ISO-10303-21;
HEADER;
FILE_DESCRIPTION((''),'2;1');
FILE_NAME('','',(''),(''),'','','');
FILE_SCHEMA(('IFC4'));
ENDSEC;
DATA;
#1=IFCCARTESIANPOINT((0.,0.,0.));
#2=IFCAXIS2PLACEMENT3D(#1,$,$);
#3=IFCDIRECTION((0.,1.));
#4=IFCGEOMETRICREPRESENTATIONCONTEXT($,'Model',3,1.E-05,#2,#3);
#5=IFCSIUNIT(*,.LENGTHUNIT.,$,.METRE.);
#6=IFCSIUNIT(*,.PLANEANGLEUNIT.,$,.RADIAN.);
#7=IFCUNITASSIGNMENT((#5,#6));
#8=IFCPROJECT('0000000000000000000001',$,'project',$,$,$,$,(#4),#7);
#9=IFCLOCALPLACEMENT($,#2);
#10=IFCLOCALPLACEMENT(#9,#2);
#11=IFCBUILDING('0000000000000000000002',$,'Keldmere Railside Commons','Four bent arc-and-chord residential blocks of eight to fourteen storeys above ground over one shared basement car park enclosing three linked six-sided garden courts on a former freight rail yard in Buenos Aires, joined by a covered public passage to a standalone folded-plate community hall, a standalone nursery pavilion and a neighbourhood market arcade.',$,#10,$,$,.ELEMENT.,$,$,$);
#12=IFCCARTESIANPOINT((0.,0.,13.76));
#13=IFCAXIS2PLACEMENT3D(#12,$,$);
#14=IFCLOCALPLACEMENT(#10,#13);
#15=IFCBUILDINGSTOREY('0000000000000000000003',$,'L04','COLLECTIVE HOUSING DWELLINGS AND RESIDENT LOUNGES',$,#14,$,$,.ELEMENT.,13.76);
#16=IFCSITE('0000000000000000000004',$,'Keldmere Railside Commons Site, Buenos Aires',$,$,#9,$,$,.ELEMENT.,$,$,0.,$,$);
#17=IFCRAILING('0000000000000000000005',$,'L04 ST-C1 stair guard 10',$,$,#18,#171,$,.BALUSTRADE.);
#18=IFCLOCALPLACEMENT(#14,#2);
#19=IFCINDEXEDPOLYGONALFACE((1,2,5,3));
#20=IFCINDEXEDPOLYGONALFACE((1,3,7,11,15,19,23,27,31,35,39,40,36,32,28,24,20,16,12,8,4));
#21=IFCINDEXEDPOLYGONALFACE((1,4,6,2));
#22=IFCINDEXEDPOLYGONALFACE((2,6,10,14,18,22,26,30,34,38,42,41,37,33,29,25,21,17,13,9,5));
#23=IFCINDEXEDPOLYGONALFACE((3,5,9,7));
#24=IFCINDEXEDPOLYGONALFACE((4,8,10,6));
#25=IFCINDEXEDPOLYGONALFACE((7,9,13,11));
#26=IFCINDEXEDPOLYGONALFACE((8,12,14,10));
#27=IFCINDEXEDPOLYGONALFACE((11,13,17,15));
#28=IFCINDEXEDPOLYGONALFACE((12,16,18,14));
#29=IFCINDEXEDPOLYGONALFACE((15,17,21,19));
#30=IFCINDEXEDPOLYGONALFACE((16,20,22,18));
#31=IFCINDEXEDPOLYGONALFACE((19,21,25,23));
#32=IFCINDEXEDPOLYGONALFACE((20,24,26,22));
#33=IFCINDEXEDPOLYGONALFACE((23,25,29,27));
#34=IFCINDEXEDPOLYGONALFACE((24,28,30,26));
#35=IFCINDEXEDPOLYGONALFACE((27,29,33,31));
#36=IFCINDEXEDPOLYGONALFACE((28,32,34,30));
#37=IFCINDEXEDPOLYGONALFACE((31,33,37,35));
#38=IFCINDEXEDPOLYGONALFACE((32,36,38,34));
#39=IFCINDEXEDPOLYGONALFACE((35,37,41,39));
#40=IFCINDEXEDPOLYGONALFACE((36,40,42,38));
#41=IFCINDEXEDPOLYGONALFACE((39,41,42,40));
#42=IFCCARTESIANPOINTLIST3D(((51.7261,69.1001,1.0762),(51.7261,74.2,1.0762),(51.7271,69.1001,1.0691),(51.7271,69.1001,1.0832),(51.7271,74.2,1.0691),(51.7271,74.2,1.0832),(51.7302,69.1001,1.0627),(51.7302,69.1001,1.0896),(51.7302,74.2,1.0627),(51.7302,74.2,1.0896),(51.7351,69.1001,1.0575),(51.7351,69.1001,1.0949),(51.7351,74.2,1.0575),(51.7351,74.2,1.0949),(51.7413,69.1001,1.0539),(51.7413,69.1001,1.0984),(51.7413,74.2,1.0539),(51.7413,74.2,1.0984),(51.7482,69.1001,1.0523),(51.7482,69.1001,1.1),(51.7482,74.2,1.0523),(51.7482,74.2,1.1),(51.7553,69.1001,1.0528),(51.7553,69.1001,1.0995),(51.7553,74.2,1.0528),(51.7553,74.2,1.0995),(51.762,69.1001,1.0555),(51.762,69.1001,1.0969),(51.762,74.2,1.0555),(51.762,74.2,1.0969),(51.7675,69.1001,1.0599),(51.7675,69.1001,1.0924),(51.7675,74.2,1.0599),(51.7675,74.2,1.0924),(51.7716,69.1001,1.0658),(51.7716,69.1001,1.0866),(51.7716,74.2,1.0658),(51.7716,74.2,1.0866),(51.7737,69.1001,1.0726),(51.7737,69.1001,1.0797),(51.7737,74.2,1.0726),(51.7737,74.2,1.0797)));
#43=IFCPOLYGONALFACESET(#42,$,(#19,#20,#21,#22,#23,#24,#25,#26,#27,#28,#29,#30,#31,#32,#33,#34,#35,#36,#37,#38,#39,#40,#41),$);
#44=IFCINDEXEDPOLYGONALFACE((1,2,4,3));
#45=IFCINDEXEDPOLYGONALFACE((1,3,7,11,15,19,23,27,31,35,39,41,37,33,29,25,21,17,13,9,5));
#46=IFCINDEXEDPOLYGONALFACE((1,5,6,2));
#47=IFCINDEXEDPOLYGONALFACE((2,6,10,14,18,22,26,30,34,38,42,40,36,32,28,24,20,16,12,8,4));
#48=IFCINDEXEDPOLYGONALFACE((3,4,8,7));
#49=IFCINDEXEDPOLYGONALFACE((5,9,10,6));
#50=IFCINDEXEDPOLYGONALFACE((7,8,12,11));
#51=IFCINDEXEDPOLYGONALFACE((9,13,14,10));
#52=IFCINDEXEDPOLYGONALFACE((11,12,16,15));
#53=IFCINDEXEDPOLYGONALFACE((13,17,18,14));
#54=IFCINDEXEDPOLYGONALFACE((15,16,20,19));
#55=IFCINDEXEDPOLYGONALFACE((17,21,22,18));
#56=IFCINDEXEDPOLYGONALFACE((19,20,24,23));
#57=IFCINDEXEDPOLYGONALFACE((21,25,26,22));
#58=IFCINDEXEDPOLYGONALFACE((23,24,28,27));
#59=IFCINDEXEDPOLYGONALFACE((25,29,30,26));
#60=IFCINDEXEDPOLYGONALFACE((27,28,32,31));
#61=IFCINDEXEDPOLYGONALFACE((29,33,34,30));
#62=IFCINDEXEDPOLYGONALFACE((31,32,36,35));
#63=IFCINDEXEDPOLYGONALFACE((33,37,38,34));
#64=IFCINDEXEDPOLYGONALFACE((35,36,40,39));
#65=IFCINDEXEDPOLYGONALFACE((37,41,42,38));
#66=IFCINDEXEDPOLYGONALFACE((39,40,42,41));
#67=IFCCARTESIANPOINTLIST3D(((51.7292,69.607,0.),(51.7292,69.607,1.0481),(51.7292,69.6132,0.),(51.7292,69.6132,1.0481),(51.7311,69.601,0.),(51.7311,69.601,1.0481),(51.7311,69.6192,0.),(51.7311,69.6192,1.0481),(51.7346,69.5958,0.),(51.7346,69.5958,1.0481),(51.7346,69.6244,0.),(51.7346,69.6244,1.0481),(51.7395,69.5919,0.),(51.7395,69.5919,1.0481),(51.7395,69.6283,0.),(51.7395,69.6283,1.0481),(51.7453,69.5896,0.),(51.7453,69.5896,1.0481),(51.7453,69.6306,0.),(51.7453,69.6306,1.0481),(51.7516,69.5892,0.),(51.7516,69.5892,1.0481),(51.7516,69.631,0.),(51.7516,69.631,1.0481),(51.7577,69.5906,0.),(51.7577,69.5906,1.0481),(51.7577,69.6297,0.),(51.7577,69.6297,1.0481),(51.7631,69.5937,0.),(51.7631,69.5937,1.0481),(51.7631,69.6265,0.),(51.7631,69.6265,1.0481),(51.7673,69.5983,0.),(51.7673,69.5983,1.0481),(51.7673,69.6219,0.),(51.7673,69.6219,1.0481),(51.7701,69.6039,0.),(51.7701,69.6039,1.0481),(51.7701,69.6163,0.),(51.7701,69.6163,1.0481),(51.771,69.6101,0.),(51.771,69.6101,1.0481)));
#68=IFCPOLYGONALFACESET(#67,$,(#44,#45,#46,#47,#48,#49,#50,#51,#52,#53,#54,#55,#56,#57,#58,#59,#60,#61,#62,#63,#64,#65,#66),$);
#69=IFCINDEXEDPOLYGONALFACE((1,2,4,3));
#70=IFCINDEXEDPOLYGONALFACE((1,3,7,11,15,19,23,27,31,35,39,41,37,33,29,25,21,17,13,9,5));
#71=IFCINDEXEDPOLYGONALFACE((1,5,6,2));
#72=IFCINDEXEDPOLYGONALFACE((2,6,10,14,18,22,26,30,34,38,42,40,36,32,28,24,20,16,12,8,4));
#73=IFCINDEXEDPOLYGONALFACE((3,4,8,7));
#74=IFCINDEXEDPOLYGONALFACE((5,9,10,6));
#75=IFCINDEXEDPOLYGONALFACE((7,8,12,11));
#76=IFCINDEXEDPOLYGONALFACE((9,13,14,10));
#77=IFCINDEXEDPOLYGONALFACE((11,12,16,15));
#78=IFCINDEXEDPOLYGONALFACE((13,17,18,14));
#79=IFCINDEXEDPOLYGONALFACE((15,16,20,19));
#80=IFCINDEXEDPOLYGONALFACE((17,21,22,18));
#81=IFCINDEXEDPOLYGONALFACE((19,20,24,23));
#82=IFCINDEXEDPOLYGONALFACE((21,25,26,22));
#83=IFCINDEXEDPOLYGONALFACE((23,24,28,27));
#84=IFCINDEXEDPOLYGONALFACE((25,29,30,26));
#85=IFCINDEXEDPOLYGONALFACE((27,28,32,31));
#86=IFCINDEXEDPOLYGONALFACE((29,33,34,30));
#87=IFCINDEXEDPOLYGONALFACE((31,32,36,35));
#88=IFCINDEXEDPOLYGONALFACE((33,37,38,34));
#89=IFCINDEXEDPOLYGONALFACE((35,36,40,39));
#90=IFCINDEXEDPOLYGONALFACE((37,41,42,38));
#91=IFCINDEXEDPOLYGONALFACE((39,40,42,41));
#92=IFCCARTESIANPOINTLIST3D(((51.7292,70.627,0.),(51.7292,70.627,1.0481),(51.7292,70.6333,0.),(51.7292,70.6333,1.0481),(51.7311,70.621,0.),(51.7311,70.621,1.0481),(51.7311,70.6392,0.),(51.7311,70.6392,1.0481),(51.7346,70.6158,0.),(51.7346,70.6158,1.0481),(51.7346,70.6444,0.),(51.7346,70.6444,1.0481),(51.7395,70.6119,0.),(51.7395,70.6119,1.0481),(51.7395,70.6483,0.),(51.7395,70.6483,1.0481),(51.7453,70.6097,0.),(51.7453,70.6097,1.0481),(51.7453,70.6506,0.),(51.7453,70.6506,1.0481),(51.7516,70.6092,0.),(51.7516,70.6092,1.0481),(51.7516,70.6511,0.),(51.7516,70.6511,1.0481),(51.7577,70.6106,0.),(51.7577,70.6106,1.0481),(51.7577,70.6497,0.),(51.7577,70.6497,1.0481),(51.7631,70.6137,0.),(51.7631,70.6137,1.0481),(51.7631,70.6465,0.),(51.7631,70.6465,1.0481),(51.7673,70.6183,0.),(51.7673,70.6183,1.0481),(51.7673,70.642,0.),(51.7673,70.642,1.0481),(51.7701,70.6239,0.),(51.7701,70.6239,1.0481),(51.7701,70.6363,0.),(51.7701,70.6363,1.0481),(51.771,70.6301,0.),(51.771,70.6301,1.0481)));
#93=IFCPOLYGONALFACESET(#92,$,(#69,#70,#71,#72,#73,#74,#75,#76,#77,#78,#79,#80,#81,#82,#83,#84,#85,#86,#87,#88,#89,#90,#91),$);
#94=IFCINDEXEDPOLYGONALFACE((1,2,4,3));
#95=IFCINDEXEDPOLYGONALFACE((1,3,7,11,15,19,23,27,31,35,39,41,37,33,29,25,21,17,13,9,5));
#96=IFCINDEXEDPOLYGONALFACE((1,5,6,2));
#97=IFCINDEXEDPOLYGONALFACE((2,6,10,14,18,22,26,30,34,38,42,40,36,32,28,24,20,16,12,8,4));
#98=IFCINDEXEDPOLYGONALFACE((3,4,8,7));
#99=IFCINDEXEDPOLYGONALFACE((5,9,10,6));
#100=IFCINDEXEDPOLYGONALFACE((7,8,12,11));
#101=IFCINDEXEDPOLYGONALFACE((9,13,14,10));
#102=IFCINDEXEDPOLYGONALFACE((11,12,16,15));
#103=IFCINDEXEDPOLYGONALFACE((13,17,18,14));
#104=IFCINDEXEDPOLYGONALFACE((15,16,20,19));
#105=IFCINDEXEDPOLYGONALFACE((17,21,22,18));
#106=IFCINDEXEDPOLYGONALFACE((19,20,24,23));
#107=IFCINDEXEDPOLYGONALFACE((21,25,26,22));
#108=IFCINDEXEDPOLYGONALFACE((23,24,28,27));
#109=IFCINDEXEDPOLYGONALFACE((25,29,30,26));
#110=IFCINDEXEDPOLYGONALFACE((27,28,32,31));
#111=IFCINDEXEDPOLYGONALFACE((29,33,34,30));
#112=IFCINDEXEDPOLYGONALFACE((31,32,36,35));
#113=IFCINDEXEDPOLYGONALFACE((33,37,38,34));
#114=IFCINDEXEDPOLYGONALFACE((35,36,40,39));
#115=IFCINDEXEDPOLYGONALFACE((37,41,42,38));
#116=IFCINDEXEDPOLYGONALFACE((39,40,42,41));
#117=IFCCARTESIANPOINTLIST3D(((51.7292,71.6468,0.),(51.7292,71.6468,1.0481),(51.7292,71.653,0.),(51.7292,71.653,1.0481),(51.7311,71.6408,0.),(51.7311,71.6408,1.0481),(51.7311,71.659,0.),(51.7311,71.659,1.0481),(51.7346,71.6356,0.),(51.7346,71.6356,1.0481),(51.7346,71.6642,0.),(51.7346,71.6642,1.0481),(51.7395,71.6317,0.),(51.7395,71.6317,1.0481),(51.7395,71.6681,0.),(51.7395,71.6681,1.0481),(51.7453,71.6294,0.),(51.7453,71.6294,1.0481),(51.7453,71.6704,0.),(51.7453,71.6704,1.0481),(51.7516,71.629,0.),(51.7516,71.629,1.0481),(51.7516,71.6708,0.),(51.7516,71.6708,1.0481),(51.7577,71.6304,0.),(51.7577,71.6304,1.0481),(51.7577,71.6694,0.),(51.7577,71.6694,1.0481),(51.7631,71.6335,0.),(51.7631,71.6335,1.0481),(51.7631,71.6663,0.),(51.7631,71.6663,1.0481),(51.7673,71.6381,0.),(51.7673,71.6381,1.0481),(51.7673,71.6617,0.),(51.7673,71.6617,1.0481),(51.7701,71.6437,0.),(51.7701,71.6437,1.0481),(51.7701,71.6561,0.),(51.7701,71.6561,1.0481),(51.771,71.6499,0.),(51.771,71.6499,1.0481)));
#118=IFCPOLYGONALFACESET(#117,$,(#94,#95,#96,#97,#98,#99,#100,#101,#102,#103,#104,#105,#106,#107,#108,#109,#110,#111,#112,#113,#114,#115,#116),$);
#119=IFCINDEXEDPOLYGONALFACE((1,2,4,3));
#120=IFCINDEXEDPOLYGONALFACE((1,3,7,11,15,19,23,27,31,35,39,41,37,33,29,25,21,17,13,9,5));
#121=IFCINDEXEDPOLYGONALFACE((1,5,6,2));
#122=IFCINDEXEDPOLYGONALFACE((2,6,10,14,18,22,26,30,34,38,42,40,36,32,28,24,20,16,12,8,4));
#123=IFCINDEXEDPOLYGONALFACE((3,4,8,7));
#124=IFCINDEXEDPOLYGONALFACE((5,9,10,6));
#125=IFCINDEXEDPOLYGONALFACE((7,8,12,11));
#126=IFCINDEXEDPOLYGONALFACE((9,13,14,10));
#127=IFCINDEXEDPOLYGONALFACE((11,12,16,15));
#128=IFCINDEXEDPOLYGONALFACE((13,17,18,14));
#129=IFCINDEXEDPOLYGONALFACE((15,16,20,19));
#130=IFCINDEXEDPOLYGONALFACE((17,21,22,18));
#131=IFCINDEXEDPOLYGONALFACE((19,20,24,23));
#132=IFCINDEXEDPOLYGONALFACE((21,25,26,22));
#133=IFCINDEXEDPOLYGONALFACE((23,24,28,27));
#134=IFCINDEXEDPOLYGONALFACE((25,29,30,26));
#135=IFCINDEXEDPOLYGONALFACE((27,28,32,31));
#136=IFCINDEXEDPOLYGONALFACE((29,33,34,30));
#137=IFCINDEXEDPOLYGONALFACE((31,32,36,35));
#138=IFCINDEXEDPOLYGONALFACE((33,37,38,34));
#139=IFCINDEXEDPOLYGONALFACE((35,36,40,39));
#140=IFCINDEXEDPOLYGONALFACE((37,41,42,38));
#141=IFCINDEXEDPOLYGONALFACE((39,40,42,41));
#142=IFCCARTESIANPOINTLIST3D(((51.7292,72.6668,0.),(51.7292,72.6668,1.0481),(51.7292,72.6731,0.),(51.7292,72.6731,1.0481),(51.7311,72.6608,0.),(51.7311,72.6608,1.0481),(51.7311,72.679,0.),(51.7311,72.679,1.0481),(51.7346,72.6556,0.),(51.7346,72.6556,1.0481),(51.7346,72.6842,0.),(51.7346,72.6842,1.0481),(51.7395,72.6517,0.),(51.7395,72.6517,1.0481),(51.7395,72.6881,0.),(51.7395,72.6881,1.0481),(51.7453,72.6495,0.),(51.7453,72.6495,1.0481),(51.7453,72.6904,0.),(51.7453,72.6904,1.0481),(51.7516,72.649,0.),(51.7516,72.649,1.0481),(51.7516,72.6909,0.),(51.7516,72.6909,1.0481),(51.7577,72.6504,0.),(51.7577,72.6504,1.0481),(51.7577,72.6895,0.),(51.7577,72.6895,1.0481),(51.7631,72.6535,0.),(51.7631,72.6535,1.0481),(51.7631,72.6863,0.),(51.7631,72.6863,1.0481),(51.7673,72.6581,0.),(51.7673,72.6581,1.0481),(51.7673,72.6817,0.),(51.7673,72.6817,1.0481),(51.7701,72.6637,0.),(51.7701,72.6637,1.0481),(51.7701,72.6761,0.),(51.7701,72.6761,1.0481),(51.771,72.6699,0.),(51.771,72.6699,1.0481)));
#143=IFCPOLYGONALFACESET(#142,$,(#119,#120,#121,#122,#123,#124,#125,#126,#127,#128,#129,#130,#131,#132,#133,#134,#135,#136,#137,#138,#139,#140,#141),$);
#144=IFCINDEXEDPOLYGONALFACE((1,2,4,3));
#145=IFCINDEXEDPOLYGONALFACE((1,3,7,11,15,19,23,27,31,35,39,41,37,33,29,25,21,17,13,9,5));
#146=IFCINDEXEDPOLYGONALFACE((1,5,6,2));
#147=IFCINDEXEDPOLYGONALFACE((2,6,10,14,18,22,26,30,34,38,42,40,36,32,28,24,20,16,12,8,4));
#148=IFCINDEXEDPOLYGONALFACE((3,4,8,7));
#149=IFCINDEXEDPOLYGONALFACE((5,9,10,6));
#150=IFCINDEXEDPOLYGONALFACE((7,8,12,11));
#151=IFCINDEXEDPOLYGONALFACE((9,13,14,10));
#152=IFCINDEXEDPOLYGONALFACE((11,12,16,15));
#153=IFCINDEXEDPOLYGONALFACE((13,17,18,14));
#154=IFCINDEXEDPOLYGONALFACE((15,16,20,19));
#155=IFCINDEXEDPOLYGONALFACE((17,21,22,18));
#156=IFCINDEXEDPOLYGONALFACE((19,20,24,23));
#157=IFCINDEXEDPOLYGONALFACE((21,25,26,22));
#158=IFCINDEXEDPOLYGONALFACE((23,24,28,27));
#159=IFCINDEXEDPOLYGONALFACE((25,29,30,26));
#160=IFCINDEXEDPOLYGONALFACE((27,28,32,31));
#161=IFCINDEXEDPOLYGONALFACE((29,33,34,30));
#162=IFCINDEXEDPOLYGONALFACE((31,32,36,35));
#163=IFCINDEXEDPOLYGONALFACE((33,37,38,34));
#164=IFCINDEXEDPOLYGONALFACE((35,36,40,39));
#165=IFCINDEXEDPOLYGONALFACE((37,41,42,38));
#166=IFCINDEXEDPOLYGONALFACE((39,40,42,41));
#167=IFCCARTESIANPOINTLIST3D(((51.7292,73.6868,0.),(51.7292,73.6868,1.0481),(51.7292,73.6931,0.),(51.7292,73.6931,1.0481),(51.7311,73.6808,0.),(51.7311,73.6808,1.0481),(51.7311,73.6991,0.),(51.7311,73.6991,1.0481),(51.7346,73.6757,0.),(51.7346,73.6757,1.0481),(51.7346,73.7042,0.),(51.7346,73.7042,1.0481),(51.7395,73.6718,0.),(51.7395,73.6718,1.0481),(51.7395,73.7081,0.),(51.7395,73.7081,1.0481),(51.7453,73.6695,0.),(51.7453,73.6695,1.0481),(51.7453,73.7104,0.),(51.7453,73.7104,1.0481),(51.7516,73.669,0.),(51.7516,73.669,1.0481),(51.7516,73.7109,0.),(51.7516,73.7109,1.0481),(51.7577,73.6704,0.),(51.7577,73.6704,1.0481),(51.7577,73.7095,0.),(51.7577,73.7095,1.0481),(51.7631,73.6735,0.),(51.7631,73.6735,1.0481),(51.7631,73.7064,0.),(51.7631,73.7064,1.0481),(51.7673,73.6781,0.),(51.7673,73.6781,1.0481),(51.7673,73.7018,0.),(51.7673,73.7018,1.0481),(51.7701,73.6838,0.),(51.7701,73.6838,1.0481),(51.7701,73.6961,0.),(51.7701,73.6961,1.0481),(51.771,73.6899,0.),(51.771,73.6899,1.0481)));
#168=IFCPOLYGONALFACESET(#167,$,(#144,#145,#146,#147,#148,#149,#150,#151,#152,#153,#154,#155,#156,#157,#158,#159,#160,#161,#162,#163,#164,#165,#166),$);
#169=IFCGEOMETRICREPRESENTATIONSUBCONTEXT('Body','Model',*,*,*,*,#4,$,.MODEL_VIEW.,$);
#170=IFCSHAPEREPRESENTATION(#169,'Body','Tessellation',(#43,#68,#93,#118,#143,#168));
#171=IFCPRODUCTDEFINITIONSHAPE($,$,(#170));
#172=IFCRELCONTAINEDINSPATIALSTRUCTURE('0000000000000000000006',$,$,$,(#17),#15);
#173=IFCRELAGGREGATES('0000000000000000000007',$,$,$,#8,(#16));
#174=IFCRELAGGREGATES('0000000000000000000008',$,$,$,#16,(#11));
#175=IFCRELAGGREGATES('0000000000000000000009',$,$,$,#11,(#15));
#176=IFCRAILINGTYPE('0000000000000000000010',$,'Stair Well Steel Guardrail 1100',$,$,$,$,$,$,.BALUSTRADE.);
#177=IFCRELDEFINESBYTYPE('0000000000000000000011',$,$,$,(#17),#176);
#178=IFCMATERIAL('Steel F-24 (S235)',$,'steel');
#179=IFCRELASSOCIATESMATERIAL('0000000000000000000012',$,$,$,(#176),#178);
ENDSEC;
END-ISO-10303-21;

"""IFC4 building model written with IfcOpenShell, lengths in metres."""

from ifc_helpers import new_model, si_unit, direction, frame, origin, origin_2d, place, context, subcontext, project, spatial, circle, extrude, material, type_object, element, save


model = new_model("IFC4")

# Units and contexts
model_context = context("Model", 3, precision=1e-05, world=origin(), true_north=direction((0.0, 1.0)))
body_context = subcontext(model_context, "Body", "Model", "MODEL_VIEW")
ifc_project = project(units=[si_unit("LENGTHUNIT", "METRE"), si_unit("PLANEANGLEUNIT", "RADIAN")], contexts=[model_context])

# Site, building, storey
site_placement = place(None, origin())
site = spatial("IfcSite", under=ifc_project, at=site_placement, Name="Keldmere Railside Commons Site, Buenos Aires", CompositionType="ELEMENT", RefElevation=0.0)
building_placement = place(site_placement, origin())
building = spatial("IfcBuilding", under=site, at=building_placement, Name="Keldmere Railside Commons", Description="Four bent arc-and-chord residential blocks of eight to fourteen storeys above ground over one shared basement car park enclosing three linked six-sided garden courts on a former freight rail yard in Buenos Aires, joined by a covered public passage to a standalone folded-plate community hall, a standalone nursery pavilion and a neighbourhood market arcade.", CompositionType="ELEMENT")
storey_placement = place(building_placement, frame((0.0, 0.0, 13.76)))
storey = spatial("IfcBuildingStorey", under=building, at=storey_placement, Name="L04", Description="COLLECTIVE HOUSING DWELLINGS AND RESIDENT LOUNGES", CompositionType="ELEMENT", Elevation=13.76)

# Railing
ifc_material_1 = material(Name="Steel F-24 (S235)", Category="steel")
railing_type_1 = type_object("IfcRailingType", Name="Stair Well Steel Guardrail 1100", PredefinedType="BALUSTRADE", material=ifc_material_1)
railing_1_placement = place(storey_placement, frame((51.75, 69.1001, 0.0)))
element("IfcRailing", 1, at=railing_1_placement, inside=storey, type_object=railing_type_1, Name="L04 ST-C1 stair guard 10", PredefinedType="BALUSTRADE", context=body_context, shape_type="SweptSolid", body=[
    extrude(circle(Radius=0.0239, at=origin_2d()), frame((0.0, 0.0, 1.0762), z_axis=(0.0, 1.0, 0.0), x_axis=(-1.0, 0.0, 0.0)), (0.0, 0.0, 1.0), 5.0999),
    extrude(circle(Radius=0.021, at=origin_2d()), frame((0.0, 0.51, 0.0)), (0.0, 0.0, 1.0), 1.0481),
    extrude(circle(Radius=0.021, at=origin_2d()), frame((0.0, 1.53, 0.0)), (0.0, 0.0, 1.0), 1.0481),
    extrude(circle(Radius=0.021, at=origin_2d()), frame((0.0, 2.5498, 0.0)), (0.0, 0.0, 1.0), 1.0481),
    extrude(circle(Radius=0.021, at=origin_2d()), frame((0.0, 3.5698, 0.0)), (0.0, 0.0, 1.0), 1.0481),
    extrude(circle(Radius=0.021, at=origin_2d()), frame((0.0, 4.5898, 0.0)), (0.0, 0.0, 1.0), 1.0481),
])

save(model, "model.ifc")
